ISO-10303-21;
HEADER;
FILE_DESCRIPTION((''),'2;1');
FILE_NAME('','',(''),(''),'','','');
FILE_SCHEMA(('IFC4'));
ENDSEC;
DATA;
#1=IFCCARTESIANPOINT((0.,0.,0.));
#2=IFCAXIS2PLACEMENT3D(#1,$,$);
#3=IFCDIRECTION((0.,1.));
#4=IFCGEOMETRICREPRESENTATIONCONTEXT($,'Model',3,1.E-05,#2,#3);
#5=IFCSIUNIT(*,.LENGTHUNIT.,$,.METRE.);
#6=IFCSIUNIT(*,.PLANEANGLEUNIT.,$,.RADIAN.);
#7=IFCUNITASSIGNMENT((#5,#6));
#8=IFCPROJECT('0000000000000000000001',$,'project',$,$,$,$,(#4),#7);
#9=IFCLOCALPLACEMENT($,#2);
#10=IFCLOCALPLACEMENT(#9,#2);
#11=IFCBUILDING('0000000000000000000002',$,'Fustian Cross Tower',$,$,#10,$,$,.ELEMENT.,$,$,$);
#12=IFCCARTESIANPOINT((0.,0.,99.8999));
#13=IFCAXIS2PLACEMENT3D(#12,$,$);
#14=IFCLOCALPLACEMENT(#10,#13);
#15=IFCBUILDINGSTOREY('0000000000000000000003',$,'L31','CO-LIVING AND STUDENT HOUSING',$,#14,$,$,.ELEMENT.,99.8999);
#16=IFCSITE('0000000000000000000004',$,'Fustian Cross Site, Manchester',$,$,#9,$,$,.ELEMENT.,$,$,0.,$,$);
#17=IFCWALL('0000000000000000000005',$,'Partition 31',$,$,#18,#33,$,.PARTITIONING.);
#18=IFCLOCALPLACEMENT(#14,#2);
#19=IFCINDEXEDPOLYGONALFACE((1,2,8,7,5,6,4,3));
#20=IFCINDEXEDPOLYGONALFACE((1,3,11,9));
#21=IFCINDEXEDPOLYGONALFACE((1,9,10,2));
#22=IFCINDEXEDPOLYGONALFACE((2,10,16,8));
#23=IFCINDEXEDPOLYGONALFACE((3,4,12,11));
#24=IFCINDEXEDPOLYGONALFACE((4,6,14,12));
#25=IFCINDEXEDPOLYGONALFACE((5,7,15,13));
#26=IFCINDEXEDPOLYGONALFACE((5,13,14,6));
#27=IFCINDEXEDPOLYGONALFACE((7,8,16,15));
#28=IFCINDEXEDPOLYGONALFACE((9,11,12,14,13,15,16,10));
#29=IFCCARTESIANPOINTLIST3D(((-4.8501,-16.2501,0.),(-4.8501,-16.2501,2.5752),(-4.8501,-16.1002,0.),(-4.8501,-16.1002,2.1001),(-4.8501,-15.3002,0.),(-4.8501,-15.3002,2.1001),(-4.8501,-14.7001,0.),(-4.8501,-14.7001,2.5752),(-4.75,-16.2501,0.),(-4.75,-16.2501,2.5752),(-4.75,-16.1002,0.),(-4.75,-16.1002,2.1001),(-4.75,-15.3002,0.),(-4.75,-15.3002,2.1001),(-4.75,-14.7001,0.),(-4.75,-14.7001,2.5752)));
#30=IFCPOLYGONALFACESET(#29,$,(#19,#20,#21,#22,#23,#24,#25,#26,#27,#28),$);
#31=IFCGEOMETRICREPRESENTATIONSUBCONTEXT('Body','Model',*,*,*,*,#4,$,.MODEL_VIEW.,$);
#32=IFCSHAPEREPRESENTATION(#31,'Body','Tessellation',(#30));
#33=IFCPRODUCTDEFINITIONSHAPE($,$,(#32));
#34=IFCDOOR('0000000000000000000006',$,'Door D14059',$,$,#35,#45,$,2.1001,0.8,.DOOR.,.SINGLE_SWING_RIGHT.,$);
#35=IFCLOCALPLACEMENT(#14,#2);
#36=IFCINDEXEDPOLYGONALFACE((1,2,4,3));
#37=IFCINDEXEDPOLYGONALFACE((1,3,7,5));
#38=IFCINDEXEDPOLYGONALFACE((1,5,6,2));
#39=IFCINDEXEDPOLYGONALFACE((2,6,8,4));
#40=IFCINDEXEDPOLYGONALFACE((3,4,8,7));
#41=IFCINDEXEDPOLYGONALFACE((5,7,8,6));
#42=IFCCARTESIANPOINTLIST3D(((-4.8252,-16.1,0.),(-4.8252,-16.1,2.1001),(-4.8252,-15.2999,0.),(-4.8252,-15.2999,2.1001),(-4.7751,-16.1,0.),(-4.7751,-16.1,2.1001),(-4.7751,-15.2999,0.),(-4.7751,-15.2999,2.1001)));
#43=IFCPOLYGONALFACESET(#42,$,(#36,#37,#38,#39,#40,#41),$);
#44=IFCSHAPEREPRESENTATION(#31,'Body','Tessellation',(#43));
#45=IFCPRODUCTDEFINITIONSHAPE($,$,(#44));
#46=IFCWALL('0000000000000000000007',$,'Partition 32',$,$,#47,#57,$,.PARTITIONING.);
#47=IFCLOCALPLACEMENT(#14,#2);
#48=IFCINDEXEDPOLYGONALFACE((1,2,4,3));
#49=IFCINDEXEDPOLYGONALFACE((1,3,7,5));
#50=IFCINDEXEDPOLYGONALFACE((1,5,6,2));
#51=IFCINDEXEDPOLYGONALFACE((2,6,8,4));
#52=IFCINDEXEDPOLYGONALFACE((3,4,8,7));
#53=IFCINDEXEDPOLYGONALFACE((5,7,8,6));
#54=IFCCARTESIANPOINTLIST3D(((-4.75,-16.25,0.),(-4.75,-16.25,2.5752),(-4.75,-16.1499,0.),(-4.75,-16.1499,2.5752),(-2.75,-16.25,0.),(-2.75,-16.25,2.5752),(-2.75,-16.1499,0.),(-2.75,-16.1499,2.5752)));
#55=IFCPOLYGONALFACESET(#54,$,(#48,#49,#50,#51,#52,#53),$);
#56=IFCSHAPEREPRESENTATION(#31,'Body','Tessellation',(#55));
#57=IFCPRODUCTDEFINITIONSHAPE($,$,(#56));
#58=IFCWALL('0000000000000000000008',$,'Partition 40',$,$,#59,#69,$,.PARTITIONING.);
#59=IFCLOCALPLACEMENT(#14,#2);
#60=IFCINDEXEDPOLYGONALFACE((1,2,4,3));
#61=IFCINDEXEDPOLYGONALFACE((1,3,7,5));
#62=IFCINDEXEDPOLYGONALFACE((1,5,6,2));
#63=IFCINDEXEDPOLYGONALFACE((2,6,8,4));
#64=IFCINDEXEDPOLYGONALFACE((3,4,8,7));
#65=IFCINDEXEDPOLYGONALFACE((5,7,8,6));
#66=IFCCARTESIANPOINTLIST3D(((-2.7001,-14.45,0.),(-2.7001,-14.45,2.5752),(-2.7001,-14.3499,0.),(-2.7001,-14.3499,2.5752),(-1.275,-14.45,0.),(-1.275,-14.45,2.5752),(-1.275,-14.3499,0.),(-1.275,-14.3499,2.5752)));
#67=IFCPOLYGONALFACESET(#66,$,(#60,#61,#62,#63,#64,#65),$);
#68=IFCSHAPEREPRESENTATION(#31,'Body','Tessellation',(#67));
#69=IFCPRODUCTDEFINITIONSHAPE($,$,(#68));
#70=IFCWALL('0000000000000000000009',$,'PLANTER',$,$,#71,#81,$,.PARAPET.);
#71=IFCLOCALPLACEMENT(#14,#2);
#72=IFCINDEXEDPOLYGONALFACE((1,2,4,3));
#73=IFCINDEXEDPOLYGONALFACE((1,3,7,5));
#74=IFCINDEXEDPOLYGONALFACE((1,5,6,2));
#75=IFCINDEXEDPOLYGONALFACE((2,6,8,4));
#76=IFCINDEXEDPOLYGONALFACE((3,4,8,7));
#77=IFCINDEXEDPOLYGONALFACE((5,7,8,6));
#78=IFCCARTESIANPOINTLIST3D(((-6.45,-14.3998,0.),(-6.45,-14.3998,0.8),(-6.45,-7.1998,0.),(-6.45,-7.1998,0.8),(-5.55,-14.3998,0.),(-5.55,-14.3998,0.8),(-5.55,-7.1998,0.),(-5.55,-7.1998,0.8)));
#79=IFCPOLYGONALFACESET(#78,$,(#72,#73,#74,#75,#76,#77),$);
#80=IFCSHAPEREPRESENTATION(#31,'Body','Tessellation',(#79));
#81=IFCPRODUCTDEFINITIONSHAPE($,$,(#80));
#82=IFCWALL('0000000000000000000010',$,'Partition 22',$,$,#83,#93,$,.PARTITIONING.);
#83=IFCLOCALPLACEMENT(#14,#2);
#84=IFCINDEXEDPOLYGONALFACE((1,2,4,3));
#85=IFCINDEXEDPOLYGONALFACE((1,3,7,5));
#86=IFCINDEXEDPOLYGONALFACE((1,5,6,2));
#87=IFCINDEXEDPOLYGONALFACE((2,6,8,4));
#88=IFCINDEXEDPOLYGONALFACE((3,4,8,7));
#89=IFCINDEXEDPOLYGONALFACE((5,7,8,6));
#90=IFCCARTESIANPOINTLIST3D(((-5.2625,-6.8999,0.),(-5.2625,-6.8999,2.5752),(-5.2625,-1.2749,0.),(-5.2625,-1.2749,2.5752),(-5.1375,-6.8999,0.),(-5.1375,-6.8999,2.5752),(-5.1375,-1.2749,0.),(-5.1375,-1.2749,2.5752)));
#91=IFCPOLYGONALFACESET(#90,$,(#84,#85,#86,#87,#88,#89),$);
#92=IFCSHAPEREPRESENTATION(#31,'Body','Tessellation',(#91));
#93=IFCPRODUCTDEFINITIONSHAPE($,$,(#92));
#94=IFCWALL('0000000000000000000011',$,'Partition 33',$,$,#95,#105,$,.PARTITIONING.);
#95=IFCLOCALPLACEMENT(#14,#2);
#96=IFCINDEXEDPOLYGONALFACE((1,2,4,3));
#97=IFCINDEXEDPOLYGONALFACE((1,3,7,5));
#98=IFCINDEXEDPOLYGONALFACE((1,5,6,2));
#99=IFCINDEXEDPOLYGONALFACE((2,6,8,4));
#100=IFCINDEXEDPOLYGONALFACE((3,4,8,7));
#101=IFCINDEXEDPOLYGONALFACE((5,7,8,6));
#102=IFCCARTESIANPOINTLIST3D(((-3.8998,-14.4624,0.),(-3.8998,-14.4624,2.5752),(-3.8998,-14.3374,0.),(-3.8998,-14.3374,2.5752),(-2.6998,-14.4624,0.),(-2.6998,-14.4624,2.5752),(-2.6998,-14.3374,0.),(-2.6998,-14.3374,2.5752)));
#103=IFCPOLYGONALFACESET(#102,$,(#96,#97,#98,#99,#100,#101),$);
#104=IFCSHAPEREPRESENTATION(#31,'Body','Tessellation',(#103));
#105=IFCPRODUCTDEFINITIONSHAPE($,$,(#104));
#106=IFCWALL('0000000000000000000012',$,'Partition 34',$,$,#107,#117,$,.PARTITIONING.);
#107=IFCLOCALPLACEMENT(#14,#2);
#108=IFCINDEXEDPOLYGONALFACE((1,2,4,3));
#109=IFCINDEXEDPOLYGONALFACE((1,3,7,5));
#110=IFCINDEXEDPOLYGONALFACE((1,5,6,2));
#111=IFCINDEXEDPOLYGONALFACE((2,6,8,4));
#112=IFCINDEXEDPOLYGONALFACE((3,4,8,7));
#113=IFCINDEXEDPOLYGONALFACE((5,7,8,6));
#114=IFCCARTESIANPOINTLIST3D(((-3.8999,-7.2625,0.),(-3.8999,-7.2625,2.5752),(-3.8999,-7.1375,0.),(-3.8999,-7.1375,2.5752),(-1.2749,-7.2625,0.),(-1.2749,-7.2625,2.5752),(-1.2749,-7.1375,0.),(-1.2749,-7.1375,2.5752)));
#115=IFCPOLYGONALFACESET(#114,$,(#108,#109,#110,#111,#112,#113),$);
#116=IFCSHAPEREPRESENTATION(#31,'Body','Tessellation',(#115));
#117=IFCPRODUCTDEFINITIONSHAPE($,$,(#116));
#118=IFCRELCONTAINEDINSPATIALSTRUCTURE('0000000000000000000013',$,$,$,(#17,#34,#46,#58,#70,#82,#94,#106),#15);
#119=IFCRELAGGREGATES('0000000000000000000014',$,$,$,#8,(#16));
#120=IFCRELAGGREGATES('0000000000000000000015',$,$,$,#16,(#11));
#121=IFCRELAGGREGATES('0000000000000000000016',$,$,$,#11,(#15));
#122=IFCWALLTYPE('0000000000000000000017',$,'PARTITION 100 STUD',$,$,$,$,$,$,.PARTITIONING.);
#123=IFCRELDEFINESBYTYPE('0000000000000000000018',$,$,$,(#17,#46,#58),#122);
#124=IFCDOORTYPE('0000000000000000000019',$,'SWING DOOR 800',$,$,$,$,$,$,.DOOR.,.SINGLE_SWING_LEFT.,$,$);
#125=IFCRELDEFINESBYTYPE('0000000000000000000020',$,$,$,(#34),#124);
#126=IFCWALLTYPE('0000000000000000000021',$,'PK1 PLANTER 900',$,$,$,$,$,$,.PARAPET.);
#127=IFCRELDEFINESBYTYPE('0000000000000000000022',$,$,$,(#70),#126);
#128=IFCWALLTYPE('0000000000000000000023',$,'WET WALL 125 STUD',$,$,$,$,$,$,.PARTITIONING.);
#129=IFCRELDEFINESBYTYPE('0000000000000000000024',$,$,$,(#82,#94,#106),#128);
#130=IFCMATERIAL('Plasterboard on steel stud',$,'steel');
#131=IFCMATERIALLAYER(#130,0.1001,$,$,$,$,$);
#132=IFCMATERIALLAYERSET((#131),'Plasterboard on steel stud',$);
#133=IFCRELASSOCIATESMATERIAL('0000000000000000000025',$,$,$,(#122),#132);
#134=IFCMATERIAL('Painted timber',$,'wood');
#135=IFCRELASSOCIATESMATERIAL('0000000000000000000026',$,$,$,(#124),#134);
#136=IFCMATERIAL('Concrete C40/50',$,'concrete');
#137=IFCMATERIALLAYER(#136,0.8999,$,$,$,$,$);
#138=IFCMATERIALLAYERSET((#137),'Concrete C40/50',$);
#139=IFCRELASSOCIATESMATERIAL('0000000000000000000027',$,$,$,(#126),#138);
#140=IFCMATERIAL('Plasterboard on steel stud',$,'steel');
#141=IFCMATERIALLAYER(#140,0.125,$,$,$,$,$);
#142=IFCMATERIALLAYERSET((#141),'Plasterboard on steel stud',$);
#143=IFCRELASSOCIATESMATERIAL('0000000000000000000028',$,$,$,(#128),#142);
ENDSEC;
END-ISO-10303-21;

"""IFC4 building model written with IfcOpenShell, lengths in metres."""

from ifc_helpers import new_model, si_unit, direction, frame, frame_2d, origin, place, context, subcontext, project, spatial, rectangle, extrude, material, layer, layer_set, type_object, element, fill, save


model = new_model("IFC4")

# Units and contexts
model_context = context("Model", 3, precision=1e-05, world=origin(), true_north=direction((0.0, 1.0)))
body_context = subcontext(model_context, "Body", "Model", "MODEL_VIEW")
ifc_project = project(units=[si_unit("LENGTHUNIT", "METRE"), si_unit("PLANEANGLEUNIT", "RADIAN")], contexts=[model_context])

# Site, building, storey
site_placement = place(None, origin())
site = spatial("IfcSite", under=ifc_project, at=site_placement, Name="Fustian Cross Site, Manchester", CompositionType="ELEMENT", RefElevation=0.0)
building_placement = place(site_placement, origin())
building = spatial("IfcBuilding", under=site, at=building_placement, Name="Fustian Cross Tower", CompositionType="ELEMENT")
storey_placement = place(building_placement, frame((0.0, 0.0, 99.8999)))
storey = spatial("IfcBuildingStorey", under=building, at=storey_placement, Name="L31", Description="CO-LIVING AND STUDENT HOUSING", CompositionType="ELEMENT", Elevation=99.8999)

# Shared definitions
ifc_material_1 = material(Name="Plasterboard on steel stud", Category="steel")
ifc_layer_1 = layer(ifc_material_1, 0.1001)
ifc_layer_set_1 = layer_set([ifc_layer_1], Name="Plasterboard on steel stud")
wall_type_1 = type_object("IfcWallType", Name="PARTITION 100 STUD", PredefinedType="PARTITIONING", material=ifc_layer_set_1)
ifc_material_2 = material(Name="Painted timber", Category="wood")
door_type_1 = type_object("IfcDoorType", Name="SWING DOOR 800", OperationType="SINGLE_SWING_LEFT", PredefinedType="DOOR", material=ifc_material_2)

# Wall, opening, door
wall_1_placement = place(storey_placement, frame((-4.8, -16.25, 0.0), z_axis=(0.0, 0.0, 1.0), x_axis=(0.0, 1.0, 0.0)))
wall_1 = element("IfcWall", 1, at=wall_1_placement, inside=storey, type_object=wall_type_1, Name="Partition 31", PredefinedType="PARTITIONING", context=body_context, shape_type="SweptSolid", body=[
    extrude(rectangle(XDim=1.55, YDim=0.1001, at=frame_2d((0.7749, 0.0))), origin(), (0.0, 0.0, 1.0), 2.5752),
])
opening_1_placement = place(wall_1_placement, frame((0.1499, 0.0, 0.0)))
opening_1 = element("IfcOpeningElement", 2, at=opening_1_placement, cuts=wall_1, PredefinedType="OPENING", context=body_context, shape_type="SweptSolid", body=[
    extrude(rectangle(XDim=0.8, YDim=2.1001, at=frame_2d((0.3999, 1.05))), frame((0.0, 0.0601, 0.0), z_axis=(0.0, -1.0, 0.0), x_axis=(1.0, 0.0, 0.0)), (0.0, 0.0, 1.0), 0.1201),
])
door_1_placement = place(opening_1_placement, frame((0.8, 0.0, 0.0), z_axis=(0.0, 0.0, 1.0), x_axis=(-1.0, 0.0, 0.0)))
door_1 = element("IfcDoor", 3, at=door_1_placement, inside=storey, type_object=door_type_1, Name="Door D14059", OperationType="SINGLE_SWING_RIGHT", OverallHeight=2.1001, OverallWidth=0.8, PredefinedType="DOOR", context=body_context, shape_type="SweptSolid", body=[
    extrude(rectangle(XDim=0.8, YDim=2.1001, at=frame_2d((0.3999, 1.05))), frame((0.0, 0.0249, 0.0), z_axis=(0.0, -1.0, 0.0), x_axis=(1.0, 0.0, 0.0)), (0.0, 0.0, 1.0), 0.05),
])
fill(opening_1, door_1)

# Walls
wall_2_placement = place(storey_placement, frame((-4.75, -16.2, 0.0), z_axis=(0.0, 0.0, 1.0), x_axis=(1.0, 0.0, 0.0)))
element("IfcWall", 4, at=wall_2_placement, inside=storey, type_object=wall_type_1, Name="Partition 32", PredefinedType="PARTITIONING", context=body_context, shape_type="SweptSolid", body=[
    extrude(rectangle(XDim=2.0, YDim=0.1001, at=frame_2d((1.0, 0.0))), origin(), (0.0, 0.0, 1.0), 2.5752),
])
wall_3_placement = place(storey_placement, frame((-2.7, -14.3999, 0.0), z_axis=(0.0, 0.0, 1.0), x_axis=(1.0, 0.0, 0.0)))
element("IfcWall", 5, at=wall_3_placement, inside=storey, type_object=wall_type_1, Name="Partition 40", PredefinedType="PARTITIONING", context=body_context, shape_type="SweptSolid", body=[
    extrude(rectangle(XDim=1.425, YDim=0.1001, at=frame_2d((0.7124, 0.0))), origin(), (0.0, 0.0, 1.0), 2.5752),
])
ifc_material_3 = material(Name="Concrete C40/50", Category="concrete")
ifc_layer_2 = layer(ifc_material_3, 0.8999)
ifc_layer_set_2 = layer_set([ifc_layer_2], Name="Concrete C40/50")
wall_type_2 = type_object("IfcWallType", Name="PK1 PLANTER 900", PredefinedType="PARAPET", material=ifc_layer_set_2)
wall_4_placement = place(storey_placement, frame((-6.0, -14.3999, 0.0), z_axis=(0.0, 0.0, 1.0), x_axis=(0.0, 1.0, 0.0)))
element("IfcWall", 6, at=wall_4_placement, inside=storey, type_object=wall_type_2, Name="PLANTER", PredefinedType="PARAPET", context=body_context, shape_type="SweptSolid", body=[
    extrude(rectangle(XDim=7.2, YDim=0.8999, at=frame_2d((3.6001, 0.0))), origin(), (0.0, 0.0, 1.0), 0.8),
])
ifc_material_4 = material(Name="Plasterboard on steel stud", Category="steel")
ifc_layer_3 = layer(ifc_material_4, 0.125)
ifc_layer_set_3 = layer_set([ifc_layer_3], Name="Plasterboard on steel stud")
wall_type_3 = type_object("IfcWallType", Name="WET WALL 125 STUD", PredefinedType="PARTITIONING", material=ifc_layer_set_3)
wall_5_placement = place(storey_placement, frame((-5.2, -6.8999, 0.0), z_axis=(0.0, 0.0, 1.0), x_axis=(0.0, 1.0, 0.0)))
element("IfcWall", 7, at=wall_5_placement, inside=storey, type_object=wall_type_3, Name="Partition 22", PredefinedType="PARTITIONING", context=body_context, shape_type="SweptSolid", body=[
    extrude(rectangle(XDim=5.625, YDim=0.125, at=frame_2d((2.8125, 0.0))), origin(), (0.0, 0.0, 1.0), 2.5752),
])
wall_6_placement = place(storey_placement, frame((-3.8999, -14.3999, 0.0), z_axis=(0.0, 0.0, 1.0), x_axis=(1.0, 0.0, 0.0)))
element("IfcWall", 8, at=wall_6_placement, inside=storey, type_object=wall_type_3, Name="Partition 33", PredefinedType="PARTITIONING", context=body_context, shape_type="SweptSolid", body=[
    extrude(rectangle(XDim=1.2, YDim=0.125, at=frame_2d((0.6001, 0.0))), origin(), (0.0, 0.0, 1.0), 2.5752),
])
wall_7_placement = place(storey_placement, frame((-3.8999, -7.2, 0.0), z_axis=(0.0, 0.0, 1.0), x_axis=(1.0, 0.0, 0.0)))
element("IfcWall", 9, at=wall_7_placement, inside=storey, type_object=wall_type_3, Name="Partition 34", PredefinedType="PARTITIONING", context=body_context, shape_type="SweptSolid", body=[
    extrude(rectangle(XDim=2.625, YDim=0.125, at=frame_2d((1.3125, 0.0))), origin(), (0.0, 0.0, 1.0), 2.5752),
])

save(model, "model.ifc")
